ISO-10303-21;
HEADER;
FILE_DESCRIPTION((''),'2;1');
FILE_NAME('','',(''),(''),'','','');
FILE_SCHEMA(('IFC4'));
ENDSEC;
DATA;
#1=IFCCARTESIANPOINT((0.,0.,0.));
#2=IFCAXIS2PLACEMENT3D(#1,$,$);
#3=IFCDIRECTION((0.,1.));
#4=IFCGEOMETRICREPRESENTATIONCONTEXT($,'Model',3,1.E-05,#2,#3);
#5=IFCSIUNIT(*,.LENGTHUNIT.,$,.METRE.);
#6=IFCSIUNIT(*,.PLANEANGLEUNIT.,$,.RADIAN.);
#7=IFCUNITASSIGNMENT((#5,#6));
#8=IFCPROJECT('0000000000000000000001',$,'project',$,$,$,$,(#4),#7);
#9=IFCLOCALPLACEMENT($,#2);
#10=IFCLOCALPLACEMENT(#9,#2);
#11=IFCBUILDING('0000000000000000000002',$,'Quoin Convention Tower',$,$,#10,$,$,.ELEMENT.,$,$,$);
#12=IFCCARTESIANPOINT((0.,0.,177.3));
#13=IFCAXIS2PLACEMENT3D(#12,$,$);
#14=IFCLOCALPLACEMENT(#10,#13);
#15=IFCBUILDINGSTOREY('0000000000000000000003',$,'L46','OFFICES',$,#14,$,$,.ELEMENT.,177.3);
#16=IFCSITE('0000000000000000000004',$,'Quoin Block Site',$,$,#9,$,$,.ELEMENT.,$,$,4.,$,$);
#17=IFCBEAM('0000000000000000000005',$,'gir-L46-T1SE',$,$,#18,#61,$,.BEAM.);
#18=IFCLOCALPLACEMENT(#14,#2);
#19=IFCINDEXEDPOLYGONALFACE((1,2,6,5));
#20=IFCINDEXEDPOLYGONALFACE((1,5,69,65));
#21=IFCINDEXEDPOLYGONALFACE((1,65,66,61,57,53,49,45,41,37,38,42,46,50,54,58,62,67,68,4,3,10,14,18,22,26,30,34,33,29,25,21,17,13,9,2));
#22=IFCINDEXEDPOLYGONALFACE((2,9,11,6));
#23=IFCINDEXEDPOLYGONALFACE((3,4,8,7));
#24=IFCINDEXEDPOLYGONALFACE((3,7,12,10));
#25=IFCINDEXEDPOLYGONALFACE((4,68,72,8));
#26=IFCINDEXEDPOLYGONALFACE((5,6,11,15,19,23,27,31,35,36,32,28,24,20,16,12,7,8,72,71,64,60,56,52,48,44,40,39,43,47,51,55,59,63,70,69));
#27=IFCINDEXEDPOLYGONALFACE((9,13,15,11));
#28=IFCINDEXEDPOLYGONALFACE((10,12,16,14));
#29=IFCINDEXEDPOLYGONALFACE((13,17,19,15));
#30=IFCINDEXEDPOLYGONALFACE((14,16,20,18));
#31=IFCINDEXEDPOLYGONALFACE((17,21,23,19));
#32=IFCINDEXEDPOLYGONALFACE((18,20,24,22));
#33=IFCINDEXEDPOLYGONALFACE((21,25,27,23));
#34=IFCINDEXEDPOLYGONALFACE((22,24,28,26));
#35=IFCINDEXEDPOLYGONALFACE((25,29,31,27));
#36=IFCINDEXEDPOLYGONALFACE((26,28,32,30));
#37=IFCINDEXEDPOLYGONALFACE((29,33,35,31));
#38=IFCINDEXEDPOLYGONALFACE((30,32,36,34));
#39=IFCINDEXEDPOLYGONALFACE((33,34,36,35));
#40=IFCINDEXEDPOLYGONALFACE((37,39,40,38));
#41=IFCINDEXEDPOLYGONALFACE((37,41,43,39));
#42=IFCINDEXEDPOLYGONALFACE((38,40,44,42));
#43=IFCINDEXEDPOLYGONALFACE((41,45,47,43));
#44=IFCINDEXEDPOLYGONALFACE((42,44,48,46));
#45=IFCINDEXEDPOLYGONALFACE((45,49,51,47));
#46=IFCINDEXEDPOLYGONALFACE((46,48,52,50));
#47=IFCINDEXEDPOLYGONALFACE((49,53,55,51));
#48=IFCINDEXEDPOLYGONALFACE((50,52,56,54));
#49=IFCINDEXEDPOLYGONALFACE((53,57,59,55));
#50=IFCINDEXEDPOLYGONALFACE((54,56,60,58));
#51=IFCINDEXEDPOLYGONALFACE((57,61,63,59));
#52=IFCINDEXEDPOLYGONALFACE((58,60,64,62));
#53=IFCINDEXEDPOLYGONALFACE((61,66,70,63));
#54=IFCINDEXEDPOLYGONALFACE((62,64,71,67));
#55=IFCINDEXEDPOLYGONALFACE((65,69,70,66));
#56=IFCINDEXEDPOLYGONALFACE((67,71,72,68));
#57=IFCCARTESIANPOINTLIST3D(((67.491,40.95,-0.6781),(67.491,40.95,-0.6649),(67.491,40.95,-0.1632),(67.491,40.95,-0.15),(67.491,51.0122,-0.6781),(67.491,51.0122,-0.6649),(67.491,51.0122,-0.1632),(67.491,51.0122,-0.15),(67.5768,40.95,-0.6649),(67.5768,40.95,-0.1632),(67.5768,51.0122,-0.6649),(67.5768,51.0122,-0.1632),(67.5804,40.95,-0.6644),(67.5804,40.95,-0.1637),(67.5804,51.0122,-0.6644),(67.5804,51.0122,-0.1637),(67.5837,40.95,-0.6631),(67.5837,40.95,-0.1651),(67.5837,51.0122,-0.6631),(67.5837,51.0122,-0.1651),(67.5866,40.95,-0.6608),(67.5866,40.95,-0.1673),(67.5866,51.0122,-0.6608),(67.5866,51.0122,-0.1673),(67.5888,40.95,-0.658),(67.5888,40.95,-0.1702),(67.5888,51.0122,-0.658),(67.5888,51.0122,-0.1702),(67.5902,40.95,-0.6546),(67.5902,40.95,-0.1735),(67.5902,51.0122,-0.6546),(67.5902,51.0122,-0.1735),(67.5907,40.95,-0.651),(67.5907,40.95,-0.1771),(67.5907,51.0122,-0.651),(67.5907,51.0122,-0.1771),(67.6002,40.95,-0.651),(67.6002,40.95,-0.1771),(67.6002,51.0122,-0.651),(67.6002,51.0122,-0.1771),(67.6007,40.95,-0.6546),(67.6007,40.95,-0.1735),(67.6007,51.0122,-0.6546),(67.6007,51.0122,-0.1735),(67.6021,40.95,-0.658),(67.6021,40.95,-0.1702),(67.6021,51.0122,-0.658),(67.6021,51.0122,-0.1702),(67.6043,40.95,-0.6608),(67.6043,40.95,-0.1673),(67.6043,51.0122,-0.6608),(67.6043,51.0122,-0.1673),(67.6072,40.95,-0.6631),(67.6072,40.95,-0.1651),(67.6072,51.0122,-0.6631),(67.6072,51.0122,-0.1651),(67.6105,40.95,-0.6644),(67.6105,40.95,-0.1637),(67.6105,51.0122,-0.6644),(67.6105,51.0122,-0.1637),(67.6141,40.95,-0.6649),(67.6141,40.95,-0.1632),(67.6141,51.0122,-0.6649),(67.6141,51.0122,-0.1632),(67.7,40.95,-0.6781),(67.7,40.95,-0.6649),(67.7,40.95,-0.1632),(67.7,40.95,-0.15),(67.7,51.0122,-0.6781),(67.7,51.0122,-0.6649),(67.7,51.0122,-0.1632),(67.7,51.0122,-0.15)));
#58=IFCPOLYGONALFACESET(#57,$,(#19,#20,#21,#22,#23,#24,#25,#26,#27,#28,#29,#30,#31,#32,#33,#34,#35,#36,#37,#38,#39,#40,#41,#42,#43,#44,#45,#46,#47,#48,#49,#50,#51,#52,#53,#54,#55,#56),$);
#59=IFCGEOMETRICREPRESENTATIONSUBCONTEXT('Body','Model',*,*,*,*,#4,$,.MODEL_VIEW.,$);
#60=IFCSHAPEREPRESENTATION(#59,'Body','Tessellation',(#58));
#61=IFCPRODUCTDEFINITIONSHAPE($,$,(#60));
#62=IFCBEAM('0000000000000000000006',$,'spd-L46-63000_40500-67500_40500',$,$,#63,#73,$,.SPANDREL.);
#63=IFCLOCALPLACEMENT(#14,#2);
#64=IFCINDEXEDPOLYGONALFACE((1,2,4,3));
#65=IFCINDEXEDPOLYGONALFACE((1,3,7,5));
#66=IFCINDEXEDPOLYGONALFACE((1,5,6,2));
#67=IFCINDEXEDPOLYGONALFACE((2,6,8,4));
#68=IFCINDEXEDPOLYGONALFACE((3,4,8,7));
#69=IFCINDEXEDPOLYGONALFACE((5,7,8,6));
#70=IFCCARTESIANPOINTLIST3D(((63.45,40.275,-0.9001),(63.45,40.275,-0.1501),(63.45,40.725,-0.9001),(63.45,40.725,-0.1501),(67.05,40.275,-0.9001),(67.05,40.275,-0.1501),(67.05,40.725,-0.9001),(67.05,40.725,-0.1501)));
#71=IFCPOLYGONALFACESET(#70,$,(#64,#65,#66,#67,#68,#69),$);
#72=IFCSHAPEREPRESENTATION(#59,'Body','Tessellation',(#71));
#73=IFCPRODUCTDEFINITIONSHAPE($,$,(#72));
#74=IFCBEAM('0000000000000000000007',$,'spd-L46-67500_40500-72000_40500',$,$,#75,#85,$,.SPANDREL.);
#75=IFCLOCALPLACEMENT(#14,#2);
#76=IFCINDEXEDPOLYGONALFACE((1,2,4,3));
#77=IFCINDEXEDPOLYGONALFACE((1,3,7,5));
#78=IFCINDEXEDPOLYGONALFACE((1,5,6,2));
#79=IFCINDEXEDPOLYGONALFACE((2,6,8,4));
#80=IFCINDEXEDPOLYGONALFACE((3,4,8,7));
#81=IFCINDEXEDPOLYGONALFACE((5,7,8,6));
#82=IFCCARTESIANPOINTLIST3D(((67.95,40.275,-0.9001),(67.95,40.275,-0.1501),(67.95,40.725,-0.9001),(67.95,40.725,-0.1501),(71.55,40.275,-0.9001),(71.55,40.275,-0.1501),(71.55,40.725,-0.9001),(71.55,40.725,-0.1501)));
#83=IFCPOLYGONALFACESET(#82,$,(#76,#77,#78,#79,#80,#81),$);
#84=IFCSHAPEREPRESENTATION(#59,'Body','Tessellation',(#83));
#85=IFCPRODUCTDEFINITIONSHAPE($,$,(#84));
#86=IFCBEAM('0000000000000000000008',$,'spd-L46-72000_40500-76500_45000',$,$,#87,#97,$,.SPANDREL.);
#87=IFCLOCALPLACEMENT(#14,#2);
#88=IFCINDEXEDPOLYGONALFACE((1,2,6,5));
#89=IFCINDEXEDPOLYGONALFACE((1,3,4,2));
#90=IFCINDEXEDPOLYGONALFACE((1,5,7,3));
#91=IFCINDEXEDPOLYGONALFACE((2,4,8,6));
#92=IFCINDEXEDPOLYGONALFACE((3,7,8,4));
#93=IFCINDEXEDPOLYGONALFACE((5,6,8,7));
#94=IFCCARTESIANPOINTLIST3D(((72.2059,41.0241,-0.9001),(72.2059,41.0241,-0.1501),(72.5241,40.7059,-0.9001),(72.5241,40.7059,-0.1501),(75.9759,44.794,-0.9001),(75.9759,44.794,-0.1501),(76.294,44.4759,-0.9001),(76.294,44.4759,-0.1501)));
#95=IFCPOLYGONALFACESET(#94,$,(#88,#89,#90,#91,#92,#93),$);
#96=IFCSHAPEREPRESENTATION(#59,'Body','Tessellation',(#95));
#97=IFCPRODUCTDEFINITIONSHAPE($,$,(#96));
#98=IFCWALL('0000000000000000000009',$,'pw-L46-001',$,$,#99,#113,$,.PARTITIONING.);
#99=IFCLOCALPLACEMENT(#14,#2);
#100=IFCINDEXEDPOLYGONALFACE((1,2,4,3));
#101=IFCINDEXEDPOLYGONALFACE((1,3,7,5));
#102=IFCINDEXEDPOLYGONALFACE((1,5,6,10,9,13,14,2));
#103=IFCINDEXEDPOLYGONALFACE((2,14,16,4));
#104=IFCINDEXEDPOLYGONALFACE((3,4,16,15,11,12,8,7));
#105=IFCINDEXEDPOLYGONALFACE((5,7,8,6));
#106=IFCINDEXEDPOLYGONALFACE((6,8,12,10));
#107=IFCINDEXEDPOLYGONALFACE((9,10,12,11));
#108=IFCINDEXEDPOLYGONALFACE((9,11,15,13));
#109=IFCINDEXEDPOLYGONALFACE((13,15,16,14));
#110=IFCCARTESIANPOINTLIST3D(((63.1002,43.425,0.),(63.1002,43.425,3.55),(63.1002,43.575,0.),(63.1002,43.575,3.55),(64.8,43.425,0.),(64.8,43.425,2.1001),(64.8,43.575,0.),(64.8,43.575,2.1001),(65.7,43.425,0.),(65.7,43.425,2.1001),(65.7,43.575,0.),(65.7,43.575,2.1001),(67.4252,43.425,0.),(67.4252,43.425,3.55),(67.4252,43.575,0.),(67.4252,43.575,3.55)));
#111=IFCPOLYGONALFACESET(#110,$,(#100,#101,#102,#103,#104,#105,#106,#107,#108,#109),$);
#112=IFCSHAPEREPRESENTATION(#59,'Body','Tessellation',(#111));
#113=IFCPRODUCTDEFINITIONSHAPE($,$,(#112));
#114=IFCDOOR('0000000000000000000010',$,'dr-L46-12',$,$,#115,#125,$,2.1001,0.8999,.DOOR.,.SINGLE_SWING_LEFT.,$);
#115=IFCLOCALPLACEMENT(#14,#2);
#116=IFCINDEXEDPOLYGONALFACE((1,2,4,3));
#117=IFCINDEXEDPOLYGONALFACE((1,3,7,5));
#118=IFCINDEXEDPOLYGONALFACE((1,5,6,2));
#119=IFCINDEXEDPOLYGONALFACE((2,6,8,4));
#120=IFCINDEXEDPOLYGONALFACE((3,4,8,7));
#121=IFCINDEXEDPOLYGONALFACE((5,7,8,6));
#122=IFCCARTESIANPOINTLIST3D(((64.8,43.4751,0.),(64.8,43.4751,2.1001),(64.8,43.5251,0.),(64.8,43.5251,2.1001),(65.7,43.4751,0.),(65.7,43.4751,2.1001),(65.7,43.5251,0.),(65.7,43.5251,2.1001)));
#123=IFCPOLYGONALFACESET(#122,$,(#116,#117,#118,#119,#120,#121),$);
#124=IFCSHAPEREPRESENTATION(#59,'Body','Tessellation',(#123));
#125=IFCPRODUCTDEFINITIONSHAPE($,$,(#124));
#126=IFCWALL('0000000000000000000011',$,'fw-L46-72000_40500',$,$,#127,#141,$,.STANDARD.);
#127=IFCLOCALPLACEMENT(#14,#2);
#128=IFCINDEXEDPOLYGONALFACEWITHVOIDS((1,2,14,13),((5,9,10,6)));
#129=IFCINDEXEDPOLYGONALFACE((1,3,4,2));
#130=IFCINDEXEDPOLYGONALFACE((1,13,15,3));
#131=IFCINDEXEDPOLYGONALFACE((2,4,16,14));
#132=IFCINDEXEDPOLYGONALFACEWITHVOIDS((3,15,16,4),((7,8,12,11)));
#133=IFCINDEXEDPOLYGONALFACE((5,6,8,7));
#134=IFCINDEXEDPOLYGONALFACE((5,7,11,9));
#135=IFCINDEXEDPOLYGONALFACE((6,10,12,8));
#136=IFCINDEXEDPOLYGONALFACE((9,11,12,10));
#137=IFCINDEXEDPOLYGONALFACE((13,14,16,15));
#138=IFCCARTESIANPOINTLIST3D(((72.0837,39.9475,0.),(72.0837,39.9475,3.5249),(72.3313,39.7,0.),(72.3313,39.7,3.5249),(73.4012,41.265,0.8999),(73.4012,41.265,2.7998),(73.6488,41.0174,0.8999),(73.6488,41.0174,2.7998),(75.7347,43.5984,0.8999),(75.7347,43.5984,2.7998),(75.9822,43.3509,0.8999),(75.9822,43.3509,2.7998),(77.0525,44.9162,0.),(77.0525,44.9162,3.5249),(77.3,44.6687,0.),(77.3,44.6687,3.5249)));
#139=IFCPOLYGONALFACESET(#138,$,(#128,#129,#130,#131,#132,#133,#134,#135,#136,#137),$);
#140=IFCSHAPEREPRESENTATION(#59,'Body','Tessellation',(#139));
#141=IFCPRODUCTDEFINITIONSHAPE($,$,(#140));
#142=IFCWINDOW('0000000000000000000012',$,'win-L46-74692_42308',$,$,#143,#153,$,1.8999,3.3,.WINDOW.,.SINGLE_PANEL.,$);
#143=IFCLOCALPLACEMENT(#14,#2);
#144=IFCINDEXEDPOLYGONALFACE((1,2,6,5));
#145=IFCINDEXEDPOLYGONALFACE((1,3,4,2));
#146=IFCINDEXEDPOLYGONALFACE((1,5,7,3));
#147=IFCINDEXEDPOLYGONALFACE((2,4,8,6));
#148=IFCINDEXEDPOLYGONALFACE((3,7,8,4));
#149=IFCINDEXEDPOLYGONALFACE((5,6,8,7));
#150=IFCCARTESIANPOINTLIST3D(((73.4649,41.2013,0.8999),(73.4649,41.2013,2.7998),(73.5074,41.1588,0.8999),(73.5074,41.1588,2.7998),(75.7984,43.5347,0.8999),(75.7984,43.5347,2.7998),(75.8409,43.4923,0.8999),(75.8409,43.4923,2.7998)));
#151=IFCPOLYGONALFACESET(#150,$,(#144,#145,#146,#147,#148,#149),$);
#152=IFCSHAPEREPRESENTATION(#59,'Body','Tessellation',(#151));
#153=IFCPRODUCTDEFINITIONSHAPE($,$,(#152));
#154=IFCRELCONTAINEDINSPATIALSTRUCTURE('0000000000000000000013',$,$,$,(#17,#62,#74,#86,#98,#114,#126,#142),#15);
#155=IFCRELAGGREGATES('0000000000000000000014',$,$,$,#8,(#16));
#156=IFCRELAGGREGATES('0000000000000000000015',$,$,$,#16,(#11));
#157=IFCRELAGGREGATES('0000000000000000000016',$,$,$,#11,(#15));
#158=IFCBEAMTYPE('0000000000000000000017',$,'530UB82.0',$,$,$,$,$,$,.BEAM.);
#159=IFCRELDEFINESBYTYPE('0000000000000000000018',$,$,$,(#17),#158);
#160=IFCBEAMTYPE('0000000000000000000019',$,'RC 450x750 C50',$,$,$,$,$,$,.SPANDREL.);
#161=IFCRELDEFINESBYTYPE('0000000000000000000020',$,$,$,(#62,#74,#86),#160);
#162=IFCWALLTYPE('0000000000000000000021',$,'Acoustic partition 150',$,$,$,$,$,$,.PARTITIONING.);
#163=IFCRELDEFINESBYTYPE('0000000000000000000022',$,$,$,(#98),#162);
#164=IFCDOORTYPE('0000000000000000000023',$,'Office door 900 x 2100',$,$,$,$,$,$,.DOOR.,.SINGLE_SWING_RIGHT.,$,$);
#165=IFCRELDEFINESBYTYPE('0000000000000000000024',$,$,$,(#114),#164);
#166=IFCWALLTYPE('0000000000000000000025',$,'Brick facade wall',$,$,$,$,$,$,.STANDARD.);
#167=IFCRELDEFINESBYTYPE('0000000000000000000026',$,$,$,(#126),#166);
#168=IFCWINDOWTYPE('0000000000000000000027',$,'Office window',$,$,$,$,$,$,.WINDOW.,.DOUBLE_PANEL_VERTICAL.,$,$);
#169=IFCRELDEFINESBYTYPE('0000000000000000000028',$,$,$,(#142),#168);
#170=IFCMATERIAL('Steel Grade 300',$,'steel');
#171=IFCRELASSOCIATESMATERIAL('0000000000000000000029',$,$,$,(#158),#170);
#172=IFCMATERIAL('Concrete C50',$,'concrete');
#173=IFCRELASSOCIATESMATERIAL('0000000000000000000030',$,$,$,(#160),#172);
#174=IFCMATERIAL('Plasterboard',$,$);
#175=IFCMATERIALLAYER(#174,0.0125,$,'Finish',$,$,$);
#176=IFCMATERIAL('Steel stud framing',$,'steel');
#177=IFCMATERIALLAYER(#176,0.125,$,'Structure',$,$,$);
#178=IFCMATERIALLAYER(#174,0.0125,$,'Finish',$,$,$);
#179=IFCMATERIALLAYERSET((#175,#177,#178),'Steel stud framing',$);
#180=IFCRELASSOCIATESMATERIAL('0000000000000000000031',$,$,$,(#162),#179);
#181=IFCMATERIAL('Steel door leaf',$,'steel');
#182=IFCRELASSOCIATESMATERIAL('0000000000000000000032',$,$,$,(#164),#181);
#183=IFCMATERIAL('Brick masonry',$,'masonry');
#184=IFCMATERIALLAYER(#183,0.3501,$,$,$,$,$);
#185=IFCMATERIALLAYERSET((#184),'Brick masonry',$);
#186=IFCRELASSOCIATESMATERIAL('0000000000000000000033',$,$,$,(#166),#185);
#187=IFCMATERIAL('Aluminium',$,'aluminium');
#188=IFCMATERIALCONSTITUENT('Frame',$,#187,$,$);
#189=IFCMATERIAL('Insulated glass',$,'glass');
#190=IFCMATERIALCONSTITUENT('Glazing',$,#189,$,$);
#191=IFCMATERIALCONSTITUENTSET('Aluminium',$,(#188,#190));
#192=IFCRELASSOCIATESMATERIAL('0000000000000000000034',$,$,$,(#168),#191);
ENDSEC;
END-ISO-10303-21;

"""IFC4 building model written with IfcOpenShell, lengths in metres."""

from ifc_helpers import new_model, si_unit, direction, frame, frame_2d, origin, origin_2d, place, context, subcontext, project, spatial, rectangle, i_section, extrude, material, layer, layer_set, constituent, constituent_set, material_profile, profile_set, type_object, element, fill, save


model = new_model("IFC4")

# Units and contexts
model_context = context("Model", 3, precision=1e-05, world=origin(), true_north=direction((0.0, 1.0)))
body_context = subcontext(model_context, "Body", "Model", "MODEL_VIEW")
ifc_project = project(units=[si_unit("LENGTHUNIT", "METRE"), si_unit("PLANEANGLEUNIT", "RADIAN")], contexts=[model_context])

# Site, building, storey
site_placement = place(None, origin())
site = spatial("IfcSite", under=ifc_project, at=site_placement, Name="Quoin Block Site", CompositionType="ELEMENT", RefElevation=4.0)
building_placement = place(site_placement, origin())
building = spatial("IfcBuilding", under=site, at=building_placement, Name="Quoin Convention Tower", CompositionType="ELEMENT")
storey_placement = place(building_placement, frame((0.0, 0.0, 177.3)))
storey = spatial("IfcBuildingStorey", under=building, at=storey_placement, Name="L46", Description="OFFICES", CompositionType="ELEMENT", Elevation=177.3)

# Shared definitions
ifc_material_1 = material(Name="Concrete C50", Category="concrete")

# Beams
ifc_material_2 = material(Name="Steel Grade 300", Category="steel")
ifc_material_profile_1 = material_profile(ifc_material_2, i_section(OverallWidth=0.209, OverallDepth=0.5281, WebThickness=0.0095, FlangeThickness=0.0132, FilletRadius=0.0139, at=origin_2d()), Name="530UB82.0")
ifc_profile_set_1 = profile_set([ifc_material_profile_1], Name="Steel Grade 300")
beam_type_1 = type_object("IfcBeamType", Name="530UB82.0", PredefinedType="BEAM", material=ifc_profile_set_1)
beam_1_placement = place(storey_placement, frame((67.5955, 40.95, -0.4141), z_axis=(0.0, 1.0, 0.0), x_axis=(-1.0, 0.0, 0.0)))
element("IfcBeam", 1, at=beam_1_placement, inside=storey, type_object=beam_type_1, Name="gir-L46-T1SE", PredefinedType="BEAM", context=body_context, shape_type="SweptSolid", body=[
    extrude(i_section(OverallWidth=0.209, OverallDepth=0.5281, WebThickness=0.0095, FlangeThickness=0.0132, FilletRadius=0.0139, at=origin_2d()), origin(), (0.0, 0.0, 1.0), 10.0623),
])
ifc_material_profile_2 = material_profile(ifc_material_1, rectangle(XDim=0.45, YDim=0.75, at=origin_2d()), Name="RC 450x750")
ifc_profile_set_2 = profile_set([ifc_material_profile_2], Name="Concrete C50")
beam_type_2 = type_object("IfcBeamType", Name="RC 450x750 C50", PredefinedType="SPANDREL", material=ifc_profile_set_2)
for number, where, z_axis, x_axis, name in (
    (2, (63.45, 40.5, -0.5251), (1.0, 0.0, 0.0), (0.0, 1.0, 0.0), "spd-L46-63000_40500-67500_40500"),
    (3, (67.95, 40.5, -0.5251), (1.0, 0.0, 0.0), (0.0, 1.0, 0.0), "spd-L46-67500_40500-72000_40500"),
):
    element("IfcBeam", number, at=place(storey_placement, frame(where, z_axis=z_axis, x_axis=x_axis)), inside=storey, type_object=beam_type_2, Name=name, PredefinedType="SPANDREL", context=body_context, shape_type="SweptSolid", body=[
        extrude(rectangle(XDim=0.45, YDim=0.75, at=origin_2d()), origin(), (0.0, 0.0, 1.0), 3.6001),
    ])
beam_2_placement = place(storey_placement, frame((72.365, 40.865, -0.5251), z_axis=(0.707107, 0.707107, 0.0), x_axis=(-0.707107, 0.707107, 0.0)))
element("IfcBeam", 4, at=beam_2_placement, inside=storey, type_object=beam_type_2, Name="spd-L46-72000_40500-76500_45000", PredefinedType="SPANDREL", context=body_context, shape_type="SweptSolid", body=[
    extrude(rectangle(XDim=0.45, YDim=0.75, at=origin_2d()), origin(), (0.0, 0.0, 1.0), 5.3315),
])

# Wall, opening, door
ifc_material_3 = material(Name="Plasterboard")
ifc_layer_1 = layer(ifc_material_3, 0.0125, Name="Finish")
ifc_material_4 = material(Name="Steel stud framing", Category="steel")
ifc_layer_2 = layer(ifc_material_4, 0.125, Name="Structure")
ifc_layer_3 = layer(ifc_material_3, 0.0125, Name="Finish")
ifc_layer_set_1 = layer_set([ifc_layer_1, ifc_layer_2, ifc_layer_3], Name="Steel stud framing")
wall_type_1 = type_object("IfcWallType", Name="Acoustic partition 150", PredefinedType="PARTITIONING", material=ifc_layer_set_1)
wall_1_placement = place(storey_placement, frame((63.1001, 43.5, 0.0), z_axis=(0.0, 0.0, 1.0), x_axis=(1.0, 0.0, 0.0)))
wall_1 = element("IfcWall", 5, at=wall_1_placement, inside=storey, type_object=wall_type_1, Name="pw-L46-001", PredefinedType="PARTITIONING", context=body_context, shape_type="SweptSolid", body=[
    extrude(rectangle(XDim=4.325, YDim=0.1499, at=frame_2d((2.1626, 0.0))), origin(), (0.0, 0.0, 1.0), 3.55),
])
opening_1_placement = place(wall_1_placement, frame((1.7, 0.0, 0.0)))
opening_1 = element("IfcOpeningElement", 6, at=opening_1_placement, cuts=wall_1, PredefinedType="OPENING", context=body_context, shape_type="SweptSolid", body=[
    extrude(rectangle(XDim=0.8999, YDim=2.1001, at=frame_2d((0.45, 1.05))), frame((0.0, 0.085, 0.0), z_axis=(0.0, -1.0, 0.0), x_axis=(1.0, 0.0, 0.0)), (0.0, 0.0, 1.0), 0.1699),
])
ifc_material_5 = material(Name="Steel door leaf", Category="steel")
door_type_1 = type_object("IfcDoorType", Name="Office door 900 x 2100", OperationType="SINGLE_SWING_RIGHT", PredefinedType="DOOR", material=ifc_material_5)
door_1_placement = place(opening_1_placement, frame((0.8999, 0.0, 0.0), z_axis=(0.0, 0.0, 1.0), x_axis=(-1.0, 0.0, 0.0)))
door_1 = element("IfcDoor", 7, at=door_1_placement, inside=storey, type_object=door_type_1, Name="dr-L46-12", OperationType="SINGLE_SWING_LEFT", OverallHeight=2.1001, OverallWidth=0.8999, PredefinedType="DOOR", context=body_context, shape_type="SweptSolid", body=[
    extrude(rectangle(XDim=0.8999, YDim=2.1001, at=frame_2d((0.45, 1.05))), frame((0.0, 0.0249, 0.0), z_axis=(0.0, -1.0, 0.0), x_axis=(1.0, 0.0, 0.0)), (0.0, 0.0, 1.0), 0.05),
])
fill(opening_1, door_1)

# Wall, opening, window
ifc_material_6 = material(Name="Brick masonry", Category="masonry")
ifc_layer_4 = layer(ifc_material_6, 0.3501)
ifc_layer_set_2 = layer_set([ifc_layer_4], Name="Brick masonry")
wall_type_2 = type_object("IfcWallType", Name="Brick facade wall", PredefinedType="STANDARD", material=ifc_layer_set_2)
wall_2_placement = place(storey_placement, frame((72.2075, 39.8237, 0.0), z_axis=(0.0, 0.0, 1.0), x_axis=(0.707107, 0.707107, 0.0)))
wall_2 = element("IfcWall", 8, at=wall_2_placement, inside=storey, type_object=wall_type_2, Name="fw-L46-72000_40500", PredefinedType="STANDARD", context=body_context, shape_type="SweptSolid", body=[
    extrude(rectangle(XDim=7.0269, YDim=0.3501, at=frame_2d((3.5134, 0.0))), origin(), (0.0, 0.0, 1.0), 3.5249),
])
opening_2_placement = place(wall_2_placement, frame((1.8633, 0.0, 0.8999)))
opening_2 = element("IfcOpeningElement", 9, at=opening_2_placement, cuts=wall_2, PredefinedType="OPENING", context=body_context, shape_type="SweptSolid", body=[
    extrude(rectangle(XDim=3.3, YDim=1.8999, at=frame_2d((1.6499, 0.95))), frame((0.0, 0.1851, 0.0), z_axis=(0.0, -1.0, 0.0), x_axis=(1.0, 0.0, 0.0)), (0.0, 0.0, 1.0), 0.3701),
])
ifc_material_7 = material(Name="Aluminium", Category="aluminium")
ifc_constituent_1 = constituent(ifc_material_7, Name="Frame")
ifc_material_8 = material(Name="Insulated glass", Category="glass")
ifc_constituent_2 = constituent(ifc_material_8, Name="Glazing")
ifc_constituent_set = constituent_set(constituents=[ifc_constituent_1, ifc_constituent_2], Name="Aluminium")
window_type = type_object("IfcWindowType", Name="Office window", PartitioningType="DOUBLE_PANEL_VERTICAL", PredefinedType="WINDOW", material=ifc_constituent_set)
window_1_placement = place(opening_2_placement, origin())
window_1 = element("IfcWindow", 10, at=window_1_placement, inside=storey, type_object=window_type, Name="win-L46-74692_42308", OverallHeight=1.8999, OverallWidth=3.3, PartitioningType="SINGLE_PANEL", PredefinedType="WINDOW", context=body_context, shape_type="SweptSolid", body=[
    extrude(rectangle(XDim=3.3, YDim=1.8999, at=frame_2d((1.6499, 0.95))), frame((0.0, 0.085, 0.0), z_axis=(0.0, -1.0, 0.0), x_axis=(1.0, 0.0, 0.0)), (0.0, 0.0, 1.0), 0.0601),
])
fill(opening_2, window_1)

save(model, "model.ifc")
